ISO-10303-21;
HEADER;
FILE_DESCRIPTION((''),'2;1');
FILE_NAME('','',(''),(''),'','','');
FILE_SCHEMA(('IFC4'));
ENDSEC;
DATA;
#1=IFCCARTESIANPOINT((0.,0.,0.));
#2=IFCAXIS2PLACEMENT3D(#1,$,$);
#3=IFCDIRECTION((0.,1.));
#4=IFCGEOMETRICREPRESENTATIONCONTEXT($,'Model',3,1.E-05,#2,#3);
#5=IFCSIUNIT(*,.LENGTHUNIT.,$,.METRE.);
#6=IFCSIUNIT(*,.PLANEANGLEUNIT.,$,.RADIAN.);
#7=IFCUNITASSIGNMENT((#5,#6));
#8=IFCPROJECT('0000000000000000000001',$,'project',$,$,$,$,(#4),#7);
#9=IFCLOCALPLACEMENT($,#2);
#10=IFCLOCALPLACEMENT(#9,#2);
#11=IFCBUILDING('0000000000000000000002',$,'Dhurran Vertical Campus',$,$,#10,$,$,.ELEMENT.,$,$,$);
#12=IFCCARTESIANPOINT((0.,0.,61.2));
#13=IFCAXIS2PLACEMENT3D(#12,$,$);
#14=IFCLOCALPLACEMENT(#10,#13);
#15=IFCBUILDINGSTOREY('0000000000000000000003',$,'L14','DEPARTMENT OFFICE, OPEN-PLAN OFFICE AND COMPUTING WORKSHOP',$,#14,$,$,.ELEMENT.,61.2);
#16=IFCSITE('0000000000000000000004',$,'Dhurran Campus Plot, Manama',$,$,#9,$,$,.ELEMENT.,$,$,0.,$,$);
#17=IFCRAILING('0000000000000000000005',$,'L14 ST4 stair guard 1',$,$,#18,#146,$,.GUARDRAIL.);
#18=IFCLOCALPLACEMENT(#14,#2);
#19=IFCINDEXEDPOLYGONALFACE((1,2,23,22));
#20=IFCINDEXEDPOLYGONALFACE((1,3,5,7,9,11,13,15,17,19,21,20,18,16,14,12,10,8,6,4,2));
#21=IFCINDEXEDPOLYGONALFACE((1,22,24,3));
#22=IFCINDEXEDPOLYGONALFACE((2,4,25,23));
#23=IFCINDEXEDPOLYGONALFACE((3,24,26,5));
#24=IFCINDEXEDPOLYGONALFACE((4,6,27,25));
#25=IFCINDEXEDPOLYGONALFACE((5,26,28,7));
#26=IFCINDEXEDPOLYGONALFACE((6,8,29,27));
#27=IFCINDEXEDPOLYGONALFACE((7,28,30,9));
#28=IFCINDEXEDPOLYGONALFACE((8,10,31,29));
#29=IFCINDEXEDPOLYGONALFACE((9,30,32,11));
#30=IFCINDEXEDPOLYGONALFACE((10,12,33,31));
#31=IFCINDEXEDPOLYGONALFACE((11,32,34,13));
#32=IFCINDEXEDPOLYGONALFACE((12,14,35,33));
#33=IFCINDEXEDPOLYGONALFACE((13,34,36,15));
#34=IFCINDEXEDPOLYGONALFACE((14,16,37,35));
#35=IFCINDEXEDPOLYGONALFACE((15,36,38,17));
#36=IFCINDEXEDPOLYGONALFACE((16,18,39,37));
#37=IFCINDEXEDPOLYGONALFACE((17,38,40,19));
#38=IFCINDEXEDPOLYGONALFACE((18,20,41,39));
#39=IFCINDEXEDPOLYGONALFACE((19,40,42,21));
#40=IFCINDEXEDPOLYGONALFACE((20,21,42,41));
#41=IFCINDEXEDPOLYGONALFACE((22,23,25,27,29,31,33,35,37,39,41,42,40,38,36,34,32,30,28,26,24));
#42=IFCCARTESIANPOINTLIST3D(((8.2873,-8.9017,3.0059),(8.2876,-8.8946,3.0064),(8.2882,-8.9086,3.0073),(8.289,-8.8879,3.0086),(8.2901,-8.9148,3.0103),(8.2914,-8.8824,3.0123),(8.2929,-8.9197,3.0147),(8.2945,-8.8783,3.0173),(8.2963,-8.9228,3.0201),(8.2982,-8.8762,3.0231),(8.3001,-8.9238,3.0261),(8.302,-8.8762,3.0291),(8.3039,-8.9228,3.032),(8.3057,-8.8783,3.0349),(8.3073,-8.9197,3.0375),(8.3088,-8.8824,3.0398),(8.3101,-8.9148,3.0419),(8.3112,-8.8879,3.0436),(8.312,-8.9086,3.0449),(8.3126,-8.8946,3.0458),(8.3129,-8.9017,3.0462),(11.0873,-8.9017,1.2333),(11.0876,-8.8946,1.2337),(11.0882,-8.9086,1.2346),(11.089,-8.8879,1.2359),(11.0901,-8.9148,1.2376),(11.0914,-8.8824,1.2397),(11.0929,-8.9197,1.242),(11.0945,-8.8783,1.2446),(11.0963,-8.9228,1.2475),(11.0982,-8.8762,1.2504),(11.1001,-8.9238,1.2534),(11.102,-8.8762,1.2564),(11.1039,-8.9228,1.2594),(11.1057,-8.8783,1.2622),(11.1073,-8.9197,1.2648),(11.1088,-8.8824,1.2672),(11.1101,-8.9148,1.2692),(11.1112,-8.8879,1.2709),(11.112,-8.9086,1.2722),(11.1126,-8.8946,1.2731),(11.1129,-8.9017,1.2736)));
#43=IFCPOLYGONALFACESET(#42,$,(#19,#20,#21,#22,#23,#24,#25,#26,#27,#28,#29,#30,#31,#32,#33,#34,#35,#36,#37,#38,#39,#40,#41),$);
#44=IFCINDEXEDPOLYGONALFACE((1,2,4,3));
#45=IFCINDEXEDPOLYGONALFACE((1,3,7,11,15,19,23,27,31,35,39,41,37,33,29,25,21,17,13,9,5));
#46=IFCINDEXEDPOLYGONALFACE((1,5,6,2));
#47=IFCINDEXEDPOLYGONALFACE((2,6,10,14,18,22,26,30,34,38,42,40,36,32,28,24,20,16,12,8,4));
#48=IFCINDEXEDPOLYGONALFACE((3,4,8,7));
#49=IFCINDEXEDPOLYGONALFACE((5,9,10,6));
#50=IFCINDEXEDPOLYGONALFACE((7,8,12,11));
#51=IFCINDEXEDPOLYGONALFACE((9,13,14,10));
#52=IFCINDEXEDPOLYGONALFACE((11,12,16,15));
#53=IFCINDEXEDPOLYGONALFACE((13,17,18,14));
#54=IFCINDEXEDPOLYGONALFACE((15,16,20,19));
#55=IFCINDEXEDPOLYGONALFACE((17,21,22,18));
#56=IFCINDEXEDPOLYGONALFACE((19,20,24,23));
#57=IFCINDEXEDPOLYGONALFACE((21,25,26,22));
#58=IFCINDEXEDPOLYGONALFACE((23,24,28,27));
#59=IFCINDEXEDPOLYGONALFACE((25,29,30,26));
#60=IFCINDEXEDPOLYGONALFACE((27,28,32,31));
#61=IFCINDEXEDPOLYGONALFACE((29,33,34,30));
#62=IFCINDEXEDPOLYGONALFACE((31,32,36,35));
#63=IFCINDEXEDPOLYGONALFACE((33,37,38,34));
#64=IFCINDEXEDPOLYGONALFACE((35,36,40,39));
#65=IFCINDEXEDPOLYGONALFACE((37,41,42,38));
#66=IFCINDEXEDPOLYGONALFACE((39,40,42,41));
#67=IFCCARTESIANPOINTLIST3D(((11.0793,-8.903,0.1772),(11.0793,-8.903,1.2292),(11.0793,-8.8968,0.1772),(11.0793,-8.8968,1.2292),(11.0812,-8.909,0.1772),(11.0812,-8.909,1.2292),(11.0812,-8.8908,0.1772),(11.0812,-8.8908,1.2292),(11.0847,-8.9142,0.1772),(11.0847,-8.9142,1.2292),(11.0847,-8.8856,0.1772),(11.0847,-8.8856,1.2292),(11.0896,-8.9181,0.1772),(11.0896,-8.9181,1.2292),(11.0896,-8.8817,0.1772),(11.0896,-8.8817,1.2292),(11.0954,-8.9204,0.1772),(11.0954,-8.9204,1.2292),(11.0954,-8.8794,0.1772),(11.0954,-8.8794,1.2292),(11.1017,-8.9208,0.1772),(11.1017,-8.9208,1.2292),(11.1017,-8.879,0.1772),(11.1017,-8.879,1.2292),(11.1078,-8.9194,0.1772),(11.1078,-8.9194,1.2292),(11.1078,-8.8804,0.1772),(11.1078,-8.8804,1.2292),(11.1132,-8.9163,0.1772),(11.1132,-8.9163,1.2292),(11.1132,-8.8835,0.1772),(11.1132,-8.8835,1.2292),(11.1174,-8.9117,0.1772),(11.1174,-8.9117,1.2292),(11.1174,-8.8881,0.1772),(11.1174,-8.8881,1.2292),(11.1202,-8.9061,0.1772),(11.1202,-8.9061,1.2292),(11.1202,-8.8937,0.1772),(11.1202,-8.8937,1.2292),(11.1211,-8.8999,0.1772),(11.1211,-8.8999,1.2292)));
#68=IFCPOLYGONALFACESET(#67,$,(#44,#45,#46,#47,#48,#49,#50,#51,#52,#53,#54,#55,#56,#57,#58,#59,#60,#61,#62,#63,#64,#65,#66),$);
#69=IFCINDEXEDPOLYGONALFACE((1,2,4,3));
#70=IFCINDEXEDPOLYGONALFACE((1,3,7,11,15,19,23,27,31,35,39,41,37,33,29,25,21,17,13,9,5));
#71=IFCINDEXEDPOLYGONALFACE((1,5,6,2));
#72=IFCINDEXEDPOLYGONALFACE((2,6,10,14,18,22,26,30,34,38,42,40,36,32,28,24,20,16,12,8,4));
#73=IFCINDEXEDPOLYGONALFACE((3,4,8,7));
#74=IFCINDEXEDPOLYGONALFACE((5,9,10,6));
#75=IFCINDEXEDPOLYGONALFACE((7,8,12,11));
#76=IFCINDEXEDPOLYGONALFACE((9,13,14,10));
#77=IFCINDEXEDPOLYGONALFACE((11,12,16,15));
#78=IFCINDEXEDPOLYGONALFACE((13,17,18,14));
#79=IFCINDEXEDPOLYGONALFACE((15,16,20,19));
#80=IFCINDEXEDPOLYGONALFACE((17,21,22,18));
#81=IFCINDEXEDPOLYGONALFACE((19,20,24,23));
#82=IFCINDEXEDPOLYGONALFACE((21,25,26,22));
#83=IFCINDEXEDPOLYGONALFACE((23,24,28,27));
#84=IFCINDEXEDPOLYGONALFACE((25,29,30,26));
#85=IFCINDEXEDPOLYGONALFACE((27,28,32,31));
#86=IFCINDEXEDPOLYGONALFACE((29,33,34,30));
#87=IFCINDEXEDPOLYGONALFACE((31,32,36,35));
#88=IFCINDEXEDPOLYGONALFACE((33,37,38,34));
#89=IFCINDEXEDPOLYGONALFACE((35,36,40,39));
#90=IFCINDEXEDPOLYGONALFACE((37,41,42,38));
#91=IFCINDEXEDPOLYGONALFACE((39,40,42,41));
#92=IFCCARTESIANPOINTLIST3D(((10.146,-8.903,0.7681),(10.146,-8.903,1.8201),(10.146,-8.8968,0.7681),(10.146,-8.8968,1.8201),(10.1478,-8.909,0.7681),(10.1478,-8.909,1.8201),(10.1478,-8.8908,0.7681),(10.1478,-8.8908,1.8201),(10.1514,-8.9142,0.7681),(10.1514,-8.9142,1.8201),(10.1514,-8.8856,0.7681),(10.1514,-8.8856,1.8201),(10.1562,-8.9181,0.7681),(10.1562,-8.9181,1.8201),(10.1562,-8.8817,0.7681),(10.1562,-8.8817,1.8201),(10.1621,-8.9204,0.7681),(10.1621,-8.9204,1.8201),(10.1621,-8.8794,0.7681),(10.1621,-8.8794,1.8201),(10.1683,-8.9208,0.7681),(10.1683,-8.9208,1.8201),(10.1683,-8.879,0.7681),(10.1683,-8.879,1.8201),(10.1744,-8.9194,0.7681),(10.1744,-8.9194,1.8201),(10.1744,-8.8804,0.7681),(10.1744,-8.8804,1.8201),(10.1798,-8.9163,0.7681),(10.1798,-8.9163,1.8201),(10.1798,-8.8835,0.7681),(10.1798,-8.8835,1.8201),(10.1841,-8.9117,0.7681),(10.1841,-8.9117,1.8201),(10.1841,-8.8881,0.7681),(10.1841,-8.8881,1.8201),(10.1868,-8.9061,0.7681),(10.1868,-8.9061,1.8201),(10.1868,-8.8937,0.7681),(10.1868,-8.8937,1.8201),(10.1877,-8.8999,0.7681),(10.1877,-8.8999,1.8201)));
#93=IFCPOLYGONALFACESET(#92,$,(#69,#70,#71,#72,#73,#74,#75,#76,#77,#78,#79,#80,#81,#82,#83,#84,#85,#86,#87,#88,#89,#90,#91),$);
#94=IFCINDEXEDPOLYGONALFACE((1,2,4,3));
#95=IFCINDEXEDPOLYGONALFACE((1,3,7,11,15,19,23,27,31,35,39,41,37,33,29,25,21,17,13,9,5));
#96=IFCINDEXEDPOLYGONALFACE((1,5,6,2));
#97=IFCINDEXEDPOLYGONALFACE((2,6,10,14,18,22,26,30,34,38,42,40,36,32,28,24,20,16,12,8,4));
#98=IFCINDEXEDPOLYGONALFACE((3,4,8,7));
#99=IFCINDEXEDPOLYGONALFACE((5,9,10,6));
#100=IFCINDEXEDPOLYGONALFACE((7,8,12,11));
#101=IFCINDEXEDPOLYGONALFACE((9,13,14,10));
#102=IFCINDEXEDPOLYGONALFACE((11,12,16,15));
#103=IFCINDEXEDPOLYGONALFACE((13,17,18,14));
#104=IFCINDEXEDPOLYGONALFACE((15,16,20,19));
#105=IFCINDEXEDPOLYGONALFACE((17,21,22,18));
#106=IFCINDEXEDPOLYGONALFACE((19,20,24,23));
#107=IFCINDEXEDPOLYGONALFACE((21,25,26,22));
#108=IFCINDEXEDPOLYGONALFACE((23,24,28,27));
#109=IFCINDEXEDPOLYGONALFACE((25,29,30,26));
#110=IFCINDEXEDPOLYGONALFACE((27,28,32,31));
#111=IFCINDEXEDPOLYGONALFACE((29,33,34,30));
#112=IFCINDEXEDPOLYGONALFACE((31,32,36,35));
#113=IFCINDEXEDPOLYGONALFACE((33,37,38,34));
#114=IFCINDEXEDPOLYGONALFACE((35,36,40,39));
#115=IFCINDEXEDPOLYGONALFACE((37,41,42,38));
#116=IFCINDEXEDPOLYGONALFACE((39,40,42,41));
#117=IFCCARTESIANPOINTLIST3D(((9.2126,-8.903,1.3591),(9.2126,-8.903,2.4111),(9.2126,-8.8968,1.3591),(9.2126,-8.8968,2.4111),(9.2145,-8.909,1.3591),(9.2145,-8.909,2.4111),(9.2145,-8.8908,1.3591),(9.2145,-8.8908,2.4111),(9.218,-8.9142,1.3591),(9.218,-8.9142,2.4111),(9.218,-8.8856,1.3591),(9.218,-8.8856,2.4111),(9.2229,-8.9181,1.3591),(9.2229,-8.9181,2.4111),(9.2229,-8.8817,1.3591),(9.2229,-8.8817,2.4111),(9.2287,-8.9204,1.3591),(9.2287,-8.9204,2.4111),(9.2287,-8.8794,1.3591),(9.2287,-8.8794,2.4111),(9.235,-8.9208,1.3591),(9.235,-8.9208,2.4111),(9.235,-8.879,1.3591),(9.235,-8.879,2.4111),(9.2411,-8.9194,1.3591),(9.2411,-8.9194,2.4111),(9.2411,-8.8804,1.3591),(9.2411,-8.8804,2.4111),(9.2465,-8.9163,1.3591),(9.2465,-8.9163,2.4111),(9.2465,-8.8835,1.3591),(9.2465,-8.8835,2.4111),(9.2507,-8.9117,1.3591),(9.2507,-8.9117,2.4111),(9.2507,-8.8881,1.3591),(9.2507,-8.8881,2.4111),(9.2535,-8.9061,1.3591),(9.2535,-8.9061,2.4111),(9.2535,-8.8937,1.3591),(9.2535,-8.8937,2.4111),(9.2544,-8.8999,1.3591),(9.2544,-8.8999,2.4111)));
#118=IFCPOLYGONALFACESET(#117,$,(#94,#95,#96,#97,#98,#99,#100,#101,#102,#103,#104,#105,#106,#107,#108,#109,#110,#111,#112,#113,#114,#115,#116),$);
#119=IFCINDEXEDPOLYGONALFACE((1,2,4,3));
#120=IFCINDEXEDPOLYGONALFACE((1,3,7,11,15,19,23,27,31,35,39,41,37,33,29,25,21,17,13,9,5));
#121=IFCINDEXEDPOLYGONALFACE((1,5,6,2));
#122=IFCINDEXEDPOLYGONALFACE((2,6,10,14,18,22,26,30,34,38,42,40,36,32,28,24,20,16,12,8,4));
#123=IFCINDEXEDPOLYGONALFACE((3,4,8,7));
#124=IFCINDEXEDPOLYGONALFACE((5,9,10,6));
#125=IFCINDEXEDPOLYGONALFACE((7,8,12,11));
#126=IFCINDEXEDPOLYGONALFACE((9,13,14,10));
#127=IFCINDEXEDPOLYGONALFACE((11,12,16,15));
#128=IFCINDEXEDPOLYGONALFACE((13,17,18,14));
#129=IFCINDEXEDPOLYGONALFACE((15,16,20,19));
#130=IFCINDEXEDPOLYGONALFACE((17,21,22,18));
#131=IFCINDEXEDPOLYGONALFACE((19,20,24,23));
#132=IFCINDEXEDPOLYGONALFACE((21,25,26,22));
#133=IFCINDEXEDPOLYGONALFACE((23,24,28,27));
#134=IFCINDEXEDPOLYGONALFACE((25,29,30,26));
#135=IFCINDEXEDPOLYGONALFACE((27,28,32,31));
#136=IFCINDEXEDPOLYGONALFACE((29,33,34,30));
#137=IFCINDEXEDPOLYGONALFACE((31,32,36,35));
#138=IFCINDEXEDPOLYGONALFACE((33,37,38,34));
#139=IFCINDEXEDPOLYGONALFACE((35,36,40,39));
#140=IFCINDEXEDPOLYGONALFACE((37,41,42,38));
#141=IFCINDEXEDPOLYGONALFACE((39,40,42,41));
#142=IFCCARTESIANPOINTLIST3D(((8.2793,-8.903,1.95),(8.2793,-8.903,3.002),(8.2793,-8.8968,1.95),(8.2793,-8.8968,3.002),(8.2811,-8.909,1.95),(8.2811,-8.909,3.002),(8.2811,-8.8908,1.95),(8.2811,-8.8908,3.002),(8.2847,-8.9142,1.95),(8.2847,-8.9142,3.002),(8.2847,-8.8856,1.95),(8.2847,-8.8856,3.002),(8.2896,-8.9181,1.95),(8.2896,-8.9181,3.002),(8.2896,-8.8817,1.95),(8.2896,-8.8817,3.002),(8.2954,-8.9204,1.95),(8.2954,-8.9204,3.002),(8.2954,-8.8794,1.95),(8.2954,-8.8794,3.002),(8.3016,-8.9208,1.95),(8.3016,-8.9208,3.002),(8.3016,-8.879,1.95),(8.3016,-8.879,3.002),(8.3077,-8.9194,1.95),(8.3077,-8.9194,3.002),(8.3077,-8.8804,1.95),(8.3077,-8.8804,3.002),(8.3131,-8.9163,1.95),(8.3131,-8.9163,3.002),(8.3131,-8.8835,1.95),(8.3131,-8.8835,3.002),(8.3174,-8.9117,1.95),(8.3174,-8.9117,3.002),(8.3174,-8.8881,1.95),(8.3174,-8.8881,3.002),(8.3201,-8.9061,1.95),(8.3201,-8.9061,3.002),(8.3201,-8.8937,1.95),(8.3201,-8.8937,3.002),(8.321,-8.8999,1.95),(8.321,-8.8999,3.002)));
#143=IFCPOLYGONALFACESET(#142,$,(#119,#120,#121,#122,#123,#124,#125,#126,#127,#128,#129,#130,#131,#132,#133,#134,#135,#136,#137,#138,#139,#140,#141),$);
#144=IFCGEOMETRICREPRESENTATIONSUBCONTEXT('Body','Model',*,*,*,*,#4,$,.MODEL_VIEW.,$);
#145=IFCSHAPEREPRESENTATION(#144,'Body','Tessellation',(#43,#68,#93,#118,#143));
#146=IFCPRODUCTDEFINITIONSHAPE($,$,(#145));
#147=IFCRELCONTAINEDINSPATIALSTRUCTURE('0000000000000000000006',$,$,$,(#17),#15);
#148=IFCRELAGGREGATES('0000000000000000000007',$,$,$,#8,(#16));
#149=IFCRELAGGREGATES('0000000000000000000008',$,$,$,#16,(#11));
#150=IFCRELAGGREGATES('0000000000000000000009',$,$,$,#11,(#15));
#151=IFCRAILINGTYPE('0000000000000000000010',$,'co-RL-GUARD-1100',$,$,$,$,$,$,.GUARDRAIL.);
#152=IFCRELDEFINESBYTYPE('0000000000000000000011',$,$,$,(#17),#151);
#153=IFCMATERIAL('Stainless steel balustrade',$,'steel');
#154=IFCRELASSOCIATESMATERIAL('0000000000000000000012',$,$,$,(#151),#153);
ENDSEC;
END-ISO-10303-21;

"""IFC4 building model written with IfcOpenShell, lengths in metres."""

from ifc_helpers import new_model, si_unit, direction, frame, origin, origin_2d, place, context, subcontext, project, spatial, circle, extrude, material, type_object, element, save


model = new_model("IFC4")

# Units and contexts
model_context = context("Model", 3, precision=1e-05, world=origin(), true_north=direction((0.0, 1.0)))
body_context = subcontext(model_context, "Body", "Model", "MODEL_VIEW")
ifc_project = project(units=[si_unit("LENGTHUNIT", "METRE"), si_unit("PLANEANGLEUNIT", "RADIAN")], contexts=[model_context])

# Site, building, storey
site_placement = place(None, origin())
site = spatial("IfcSite", under=ifc_project, at=site_placement, Name="Dhurran Campus Plot, Manama", CompositionType="ELEMENT", RefElevation=0.0)
building_placement = place(site_placement, origin())
building = spatial("IfcBuilding", under=site, at=building_placement, Name="Dhurran Vertical Campus", CompositionType="ELEMENT")
storey_placement = place(building_placement, frame((0.0, 0.0, 61.2)))
storey = spatial("IfcBuildingStorey", under=building, at=storey_placement, Name="L14", Description="DEPARTMENT OFFICE, OPEN-PLAN OFFICE AND COMPUTING WORKSHOP", CompositionType="ELEMENT", Elevation=61.2)

# Railing
ifc_material_1 = material(Name="Stainless steel balustrade", Category="steel")
railing_type_1 = type_object("IfcRailingType", Name="co-RL-GUARD-1100", PredefinedType="GUARDRAIL", material=ifc_material_1)
railing_1_placement = place(storey_placement, frame((11.1001, -8.8999, 0.1772)))
element("IfcRailing", 1, at=railing_1_placement, inside=storey, type_object=railing_type_1, Name="L14 ST4 stair guard 1", PredefinedType="GUARDRAIL", context=body_context, shape_type="SweptSolid", body=[
    extrude(circle(Radius=0.0239, at=origin_2d()), frame((0.0, 0.0, 1.0762), z_axis=(-0.844909, 0.0, 0.53491), x_axis=(0.0, -1.0, 0.0)), (0.0, 0.0, 1.0), 3.314),
    extrude(circle(Radius=0.021, at=origin_2d()), origin(), (0.0, 0.0, 1.0), 1.052),
    extrude(circle(Radius=0.021, at=origin_2d()), frame((-0.9333, 0.0, 0.5908)), (0.0, 0.0, 1.0), 1.052),
    extrude(circle(Radius=0.021, at=origin_2d()), frame((-1.8667, 0.0, 1.1819)), (0.0, 0.0, 1.0), 1.052),
    extrude(circle(Radius=0.021, at=origin_2d()), frame((-2.8, 0.0, 1.7727)), (0.0, 0.0, 1.0), 1.052),
])

save(model, "model.ifc")
